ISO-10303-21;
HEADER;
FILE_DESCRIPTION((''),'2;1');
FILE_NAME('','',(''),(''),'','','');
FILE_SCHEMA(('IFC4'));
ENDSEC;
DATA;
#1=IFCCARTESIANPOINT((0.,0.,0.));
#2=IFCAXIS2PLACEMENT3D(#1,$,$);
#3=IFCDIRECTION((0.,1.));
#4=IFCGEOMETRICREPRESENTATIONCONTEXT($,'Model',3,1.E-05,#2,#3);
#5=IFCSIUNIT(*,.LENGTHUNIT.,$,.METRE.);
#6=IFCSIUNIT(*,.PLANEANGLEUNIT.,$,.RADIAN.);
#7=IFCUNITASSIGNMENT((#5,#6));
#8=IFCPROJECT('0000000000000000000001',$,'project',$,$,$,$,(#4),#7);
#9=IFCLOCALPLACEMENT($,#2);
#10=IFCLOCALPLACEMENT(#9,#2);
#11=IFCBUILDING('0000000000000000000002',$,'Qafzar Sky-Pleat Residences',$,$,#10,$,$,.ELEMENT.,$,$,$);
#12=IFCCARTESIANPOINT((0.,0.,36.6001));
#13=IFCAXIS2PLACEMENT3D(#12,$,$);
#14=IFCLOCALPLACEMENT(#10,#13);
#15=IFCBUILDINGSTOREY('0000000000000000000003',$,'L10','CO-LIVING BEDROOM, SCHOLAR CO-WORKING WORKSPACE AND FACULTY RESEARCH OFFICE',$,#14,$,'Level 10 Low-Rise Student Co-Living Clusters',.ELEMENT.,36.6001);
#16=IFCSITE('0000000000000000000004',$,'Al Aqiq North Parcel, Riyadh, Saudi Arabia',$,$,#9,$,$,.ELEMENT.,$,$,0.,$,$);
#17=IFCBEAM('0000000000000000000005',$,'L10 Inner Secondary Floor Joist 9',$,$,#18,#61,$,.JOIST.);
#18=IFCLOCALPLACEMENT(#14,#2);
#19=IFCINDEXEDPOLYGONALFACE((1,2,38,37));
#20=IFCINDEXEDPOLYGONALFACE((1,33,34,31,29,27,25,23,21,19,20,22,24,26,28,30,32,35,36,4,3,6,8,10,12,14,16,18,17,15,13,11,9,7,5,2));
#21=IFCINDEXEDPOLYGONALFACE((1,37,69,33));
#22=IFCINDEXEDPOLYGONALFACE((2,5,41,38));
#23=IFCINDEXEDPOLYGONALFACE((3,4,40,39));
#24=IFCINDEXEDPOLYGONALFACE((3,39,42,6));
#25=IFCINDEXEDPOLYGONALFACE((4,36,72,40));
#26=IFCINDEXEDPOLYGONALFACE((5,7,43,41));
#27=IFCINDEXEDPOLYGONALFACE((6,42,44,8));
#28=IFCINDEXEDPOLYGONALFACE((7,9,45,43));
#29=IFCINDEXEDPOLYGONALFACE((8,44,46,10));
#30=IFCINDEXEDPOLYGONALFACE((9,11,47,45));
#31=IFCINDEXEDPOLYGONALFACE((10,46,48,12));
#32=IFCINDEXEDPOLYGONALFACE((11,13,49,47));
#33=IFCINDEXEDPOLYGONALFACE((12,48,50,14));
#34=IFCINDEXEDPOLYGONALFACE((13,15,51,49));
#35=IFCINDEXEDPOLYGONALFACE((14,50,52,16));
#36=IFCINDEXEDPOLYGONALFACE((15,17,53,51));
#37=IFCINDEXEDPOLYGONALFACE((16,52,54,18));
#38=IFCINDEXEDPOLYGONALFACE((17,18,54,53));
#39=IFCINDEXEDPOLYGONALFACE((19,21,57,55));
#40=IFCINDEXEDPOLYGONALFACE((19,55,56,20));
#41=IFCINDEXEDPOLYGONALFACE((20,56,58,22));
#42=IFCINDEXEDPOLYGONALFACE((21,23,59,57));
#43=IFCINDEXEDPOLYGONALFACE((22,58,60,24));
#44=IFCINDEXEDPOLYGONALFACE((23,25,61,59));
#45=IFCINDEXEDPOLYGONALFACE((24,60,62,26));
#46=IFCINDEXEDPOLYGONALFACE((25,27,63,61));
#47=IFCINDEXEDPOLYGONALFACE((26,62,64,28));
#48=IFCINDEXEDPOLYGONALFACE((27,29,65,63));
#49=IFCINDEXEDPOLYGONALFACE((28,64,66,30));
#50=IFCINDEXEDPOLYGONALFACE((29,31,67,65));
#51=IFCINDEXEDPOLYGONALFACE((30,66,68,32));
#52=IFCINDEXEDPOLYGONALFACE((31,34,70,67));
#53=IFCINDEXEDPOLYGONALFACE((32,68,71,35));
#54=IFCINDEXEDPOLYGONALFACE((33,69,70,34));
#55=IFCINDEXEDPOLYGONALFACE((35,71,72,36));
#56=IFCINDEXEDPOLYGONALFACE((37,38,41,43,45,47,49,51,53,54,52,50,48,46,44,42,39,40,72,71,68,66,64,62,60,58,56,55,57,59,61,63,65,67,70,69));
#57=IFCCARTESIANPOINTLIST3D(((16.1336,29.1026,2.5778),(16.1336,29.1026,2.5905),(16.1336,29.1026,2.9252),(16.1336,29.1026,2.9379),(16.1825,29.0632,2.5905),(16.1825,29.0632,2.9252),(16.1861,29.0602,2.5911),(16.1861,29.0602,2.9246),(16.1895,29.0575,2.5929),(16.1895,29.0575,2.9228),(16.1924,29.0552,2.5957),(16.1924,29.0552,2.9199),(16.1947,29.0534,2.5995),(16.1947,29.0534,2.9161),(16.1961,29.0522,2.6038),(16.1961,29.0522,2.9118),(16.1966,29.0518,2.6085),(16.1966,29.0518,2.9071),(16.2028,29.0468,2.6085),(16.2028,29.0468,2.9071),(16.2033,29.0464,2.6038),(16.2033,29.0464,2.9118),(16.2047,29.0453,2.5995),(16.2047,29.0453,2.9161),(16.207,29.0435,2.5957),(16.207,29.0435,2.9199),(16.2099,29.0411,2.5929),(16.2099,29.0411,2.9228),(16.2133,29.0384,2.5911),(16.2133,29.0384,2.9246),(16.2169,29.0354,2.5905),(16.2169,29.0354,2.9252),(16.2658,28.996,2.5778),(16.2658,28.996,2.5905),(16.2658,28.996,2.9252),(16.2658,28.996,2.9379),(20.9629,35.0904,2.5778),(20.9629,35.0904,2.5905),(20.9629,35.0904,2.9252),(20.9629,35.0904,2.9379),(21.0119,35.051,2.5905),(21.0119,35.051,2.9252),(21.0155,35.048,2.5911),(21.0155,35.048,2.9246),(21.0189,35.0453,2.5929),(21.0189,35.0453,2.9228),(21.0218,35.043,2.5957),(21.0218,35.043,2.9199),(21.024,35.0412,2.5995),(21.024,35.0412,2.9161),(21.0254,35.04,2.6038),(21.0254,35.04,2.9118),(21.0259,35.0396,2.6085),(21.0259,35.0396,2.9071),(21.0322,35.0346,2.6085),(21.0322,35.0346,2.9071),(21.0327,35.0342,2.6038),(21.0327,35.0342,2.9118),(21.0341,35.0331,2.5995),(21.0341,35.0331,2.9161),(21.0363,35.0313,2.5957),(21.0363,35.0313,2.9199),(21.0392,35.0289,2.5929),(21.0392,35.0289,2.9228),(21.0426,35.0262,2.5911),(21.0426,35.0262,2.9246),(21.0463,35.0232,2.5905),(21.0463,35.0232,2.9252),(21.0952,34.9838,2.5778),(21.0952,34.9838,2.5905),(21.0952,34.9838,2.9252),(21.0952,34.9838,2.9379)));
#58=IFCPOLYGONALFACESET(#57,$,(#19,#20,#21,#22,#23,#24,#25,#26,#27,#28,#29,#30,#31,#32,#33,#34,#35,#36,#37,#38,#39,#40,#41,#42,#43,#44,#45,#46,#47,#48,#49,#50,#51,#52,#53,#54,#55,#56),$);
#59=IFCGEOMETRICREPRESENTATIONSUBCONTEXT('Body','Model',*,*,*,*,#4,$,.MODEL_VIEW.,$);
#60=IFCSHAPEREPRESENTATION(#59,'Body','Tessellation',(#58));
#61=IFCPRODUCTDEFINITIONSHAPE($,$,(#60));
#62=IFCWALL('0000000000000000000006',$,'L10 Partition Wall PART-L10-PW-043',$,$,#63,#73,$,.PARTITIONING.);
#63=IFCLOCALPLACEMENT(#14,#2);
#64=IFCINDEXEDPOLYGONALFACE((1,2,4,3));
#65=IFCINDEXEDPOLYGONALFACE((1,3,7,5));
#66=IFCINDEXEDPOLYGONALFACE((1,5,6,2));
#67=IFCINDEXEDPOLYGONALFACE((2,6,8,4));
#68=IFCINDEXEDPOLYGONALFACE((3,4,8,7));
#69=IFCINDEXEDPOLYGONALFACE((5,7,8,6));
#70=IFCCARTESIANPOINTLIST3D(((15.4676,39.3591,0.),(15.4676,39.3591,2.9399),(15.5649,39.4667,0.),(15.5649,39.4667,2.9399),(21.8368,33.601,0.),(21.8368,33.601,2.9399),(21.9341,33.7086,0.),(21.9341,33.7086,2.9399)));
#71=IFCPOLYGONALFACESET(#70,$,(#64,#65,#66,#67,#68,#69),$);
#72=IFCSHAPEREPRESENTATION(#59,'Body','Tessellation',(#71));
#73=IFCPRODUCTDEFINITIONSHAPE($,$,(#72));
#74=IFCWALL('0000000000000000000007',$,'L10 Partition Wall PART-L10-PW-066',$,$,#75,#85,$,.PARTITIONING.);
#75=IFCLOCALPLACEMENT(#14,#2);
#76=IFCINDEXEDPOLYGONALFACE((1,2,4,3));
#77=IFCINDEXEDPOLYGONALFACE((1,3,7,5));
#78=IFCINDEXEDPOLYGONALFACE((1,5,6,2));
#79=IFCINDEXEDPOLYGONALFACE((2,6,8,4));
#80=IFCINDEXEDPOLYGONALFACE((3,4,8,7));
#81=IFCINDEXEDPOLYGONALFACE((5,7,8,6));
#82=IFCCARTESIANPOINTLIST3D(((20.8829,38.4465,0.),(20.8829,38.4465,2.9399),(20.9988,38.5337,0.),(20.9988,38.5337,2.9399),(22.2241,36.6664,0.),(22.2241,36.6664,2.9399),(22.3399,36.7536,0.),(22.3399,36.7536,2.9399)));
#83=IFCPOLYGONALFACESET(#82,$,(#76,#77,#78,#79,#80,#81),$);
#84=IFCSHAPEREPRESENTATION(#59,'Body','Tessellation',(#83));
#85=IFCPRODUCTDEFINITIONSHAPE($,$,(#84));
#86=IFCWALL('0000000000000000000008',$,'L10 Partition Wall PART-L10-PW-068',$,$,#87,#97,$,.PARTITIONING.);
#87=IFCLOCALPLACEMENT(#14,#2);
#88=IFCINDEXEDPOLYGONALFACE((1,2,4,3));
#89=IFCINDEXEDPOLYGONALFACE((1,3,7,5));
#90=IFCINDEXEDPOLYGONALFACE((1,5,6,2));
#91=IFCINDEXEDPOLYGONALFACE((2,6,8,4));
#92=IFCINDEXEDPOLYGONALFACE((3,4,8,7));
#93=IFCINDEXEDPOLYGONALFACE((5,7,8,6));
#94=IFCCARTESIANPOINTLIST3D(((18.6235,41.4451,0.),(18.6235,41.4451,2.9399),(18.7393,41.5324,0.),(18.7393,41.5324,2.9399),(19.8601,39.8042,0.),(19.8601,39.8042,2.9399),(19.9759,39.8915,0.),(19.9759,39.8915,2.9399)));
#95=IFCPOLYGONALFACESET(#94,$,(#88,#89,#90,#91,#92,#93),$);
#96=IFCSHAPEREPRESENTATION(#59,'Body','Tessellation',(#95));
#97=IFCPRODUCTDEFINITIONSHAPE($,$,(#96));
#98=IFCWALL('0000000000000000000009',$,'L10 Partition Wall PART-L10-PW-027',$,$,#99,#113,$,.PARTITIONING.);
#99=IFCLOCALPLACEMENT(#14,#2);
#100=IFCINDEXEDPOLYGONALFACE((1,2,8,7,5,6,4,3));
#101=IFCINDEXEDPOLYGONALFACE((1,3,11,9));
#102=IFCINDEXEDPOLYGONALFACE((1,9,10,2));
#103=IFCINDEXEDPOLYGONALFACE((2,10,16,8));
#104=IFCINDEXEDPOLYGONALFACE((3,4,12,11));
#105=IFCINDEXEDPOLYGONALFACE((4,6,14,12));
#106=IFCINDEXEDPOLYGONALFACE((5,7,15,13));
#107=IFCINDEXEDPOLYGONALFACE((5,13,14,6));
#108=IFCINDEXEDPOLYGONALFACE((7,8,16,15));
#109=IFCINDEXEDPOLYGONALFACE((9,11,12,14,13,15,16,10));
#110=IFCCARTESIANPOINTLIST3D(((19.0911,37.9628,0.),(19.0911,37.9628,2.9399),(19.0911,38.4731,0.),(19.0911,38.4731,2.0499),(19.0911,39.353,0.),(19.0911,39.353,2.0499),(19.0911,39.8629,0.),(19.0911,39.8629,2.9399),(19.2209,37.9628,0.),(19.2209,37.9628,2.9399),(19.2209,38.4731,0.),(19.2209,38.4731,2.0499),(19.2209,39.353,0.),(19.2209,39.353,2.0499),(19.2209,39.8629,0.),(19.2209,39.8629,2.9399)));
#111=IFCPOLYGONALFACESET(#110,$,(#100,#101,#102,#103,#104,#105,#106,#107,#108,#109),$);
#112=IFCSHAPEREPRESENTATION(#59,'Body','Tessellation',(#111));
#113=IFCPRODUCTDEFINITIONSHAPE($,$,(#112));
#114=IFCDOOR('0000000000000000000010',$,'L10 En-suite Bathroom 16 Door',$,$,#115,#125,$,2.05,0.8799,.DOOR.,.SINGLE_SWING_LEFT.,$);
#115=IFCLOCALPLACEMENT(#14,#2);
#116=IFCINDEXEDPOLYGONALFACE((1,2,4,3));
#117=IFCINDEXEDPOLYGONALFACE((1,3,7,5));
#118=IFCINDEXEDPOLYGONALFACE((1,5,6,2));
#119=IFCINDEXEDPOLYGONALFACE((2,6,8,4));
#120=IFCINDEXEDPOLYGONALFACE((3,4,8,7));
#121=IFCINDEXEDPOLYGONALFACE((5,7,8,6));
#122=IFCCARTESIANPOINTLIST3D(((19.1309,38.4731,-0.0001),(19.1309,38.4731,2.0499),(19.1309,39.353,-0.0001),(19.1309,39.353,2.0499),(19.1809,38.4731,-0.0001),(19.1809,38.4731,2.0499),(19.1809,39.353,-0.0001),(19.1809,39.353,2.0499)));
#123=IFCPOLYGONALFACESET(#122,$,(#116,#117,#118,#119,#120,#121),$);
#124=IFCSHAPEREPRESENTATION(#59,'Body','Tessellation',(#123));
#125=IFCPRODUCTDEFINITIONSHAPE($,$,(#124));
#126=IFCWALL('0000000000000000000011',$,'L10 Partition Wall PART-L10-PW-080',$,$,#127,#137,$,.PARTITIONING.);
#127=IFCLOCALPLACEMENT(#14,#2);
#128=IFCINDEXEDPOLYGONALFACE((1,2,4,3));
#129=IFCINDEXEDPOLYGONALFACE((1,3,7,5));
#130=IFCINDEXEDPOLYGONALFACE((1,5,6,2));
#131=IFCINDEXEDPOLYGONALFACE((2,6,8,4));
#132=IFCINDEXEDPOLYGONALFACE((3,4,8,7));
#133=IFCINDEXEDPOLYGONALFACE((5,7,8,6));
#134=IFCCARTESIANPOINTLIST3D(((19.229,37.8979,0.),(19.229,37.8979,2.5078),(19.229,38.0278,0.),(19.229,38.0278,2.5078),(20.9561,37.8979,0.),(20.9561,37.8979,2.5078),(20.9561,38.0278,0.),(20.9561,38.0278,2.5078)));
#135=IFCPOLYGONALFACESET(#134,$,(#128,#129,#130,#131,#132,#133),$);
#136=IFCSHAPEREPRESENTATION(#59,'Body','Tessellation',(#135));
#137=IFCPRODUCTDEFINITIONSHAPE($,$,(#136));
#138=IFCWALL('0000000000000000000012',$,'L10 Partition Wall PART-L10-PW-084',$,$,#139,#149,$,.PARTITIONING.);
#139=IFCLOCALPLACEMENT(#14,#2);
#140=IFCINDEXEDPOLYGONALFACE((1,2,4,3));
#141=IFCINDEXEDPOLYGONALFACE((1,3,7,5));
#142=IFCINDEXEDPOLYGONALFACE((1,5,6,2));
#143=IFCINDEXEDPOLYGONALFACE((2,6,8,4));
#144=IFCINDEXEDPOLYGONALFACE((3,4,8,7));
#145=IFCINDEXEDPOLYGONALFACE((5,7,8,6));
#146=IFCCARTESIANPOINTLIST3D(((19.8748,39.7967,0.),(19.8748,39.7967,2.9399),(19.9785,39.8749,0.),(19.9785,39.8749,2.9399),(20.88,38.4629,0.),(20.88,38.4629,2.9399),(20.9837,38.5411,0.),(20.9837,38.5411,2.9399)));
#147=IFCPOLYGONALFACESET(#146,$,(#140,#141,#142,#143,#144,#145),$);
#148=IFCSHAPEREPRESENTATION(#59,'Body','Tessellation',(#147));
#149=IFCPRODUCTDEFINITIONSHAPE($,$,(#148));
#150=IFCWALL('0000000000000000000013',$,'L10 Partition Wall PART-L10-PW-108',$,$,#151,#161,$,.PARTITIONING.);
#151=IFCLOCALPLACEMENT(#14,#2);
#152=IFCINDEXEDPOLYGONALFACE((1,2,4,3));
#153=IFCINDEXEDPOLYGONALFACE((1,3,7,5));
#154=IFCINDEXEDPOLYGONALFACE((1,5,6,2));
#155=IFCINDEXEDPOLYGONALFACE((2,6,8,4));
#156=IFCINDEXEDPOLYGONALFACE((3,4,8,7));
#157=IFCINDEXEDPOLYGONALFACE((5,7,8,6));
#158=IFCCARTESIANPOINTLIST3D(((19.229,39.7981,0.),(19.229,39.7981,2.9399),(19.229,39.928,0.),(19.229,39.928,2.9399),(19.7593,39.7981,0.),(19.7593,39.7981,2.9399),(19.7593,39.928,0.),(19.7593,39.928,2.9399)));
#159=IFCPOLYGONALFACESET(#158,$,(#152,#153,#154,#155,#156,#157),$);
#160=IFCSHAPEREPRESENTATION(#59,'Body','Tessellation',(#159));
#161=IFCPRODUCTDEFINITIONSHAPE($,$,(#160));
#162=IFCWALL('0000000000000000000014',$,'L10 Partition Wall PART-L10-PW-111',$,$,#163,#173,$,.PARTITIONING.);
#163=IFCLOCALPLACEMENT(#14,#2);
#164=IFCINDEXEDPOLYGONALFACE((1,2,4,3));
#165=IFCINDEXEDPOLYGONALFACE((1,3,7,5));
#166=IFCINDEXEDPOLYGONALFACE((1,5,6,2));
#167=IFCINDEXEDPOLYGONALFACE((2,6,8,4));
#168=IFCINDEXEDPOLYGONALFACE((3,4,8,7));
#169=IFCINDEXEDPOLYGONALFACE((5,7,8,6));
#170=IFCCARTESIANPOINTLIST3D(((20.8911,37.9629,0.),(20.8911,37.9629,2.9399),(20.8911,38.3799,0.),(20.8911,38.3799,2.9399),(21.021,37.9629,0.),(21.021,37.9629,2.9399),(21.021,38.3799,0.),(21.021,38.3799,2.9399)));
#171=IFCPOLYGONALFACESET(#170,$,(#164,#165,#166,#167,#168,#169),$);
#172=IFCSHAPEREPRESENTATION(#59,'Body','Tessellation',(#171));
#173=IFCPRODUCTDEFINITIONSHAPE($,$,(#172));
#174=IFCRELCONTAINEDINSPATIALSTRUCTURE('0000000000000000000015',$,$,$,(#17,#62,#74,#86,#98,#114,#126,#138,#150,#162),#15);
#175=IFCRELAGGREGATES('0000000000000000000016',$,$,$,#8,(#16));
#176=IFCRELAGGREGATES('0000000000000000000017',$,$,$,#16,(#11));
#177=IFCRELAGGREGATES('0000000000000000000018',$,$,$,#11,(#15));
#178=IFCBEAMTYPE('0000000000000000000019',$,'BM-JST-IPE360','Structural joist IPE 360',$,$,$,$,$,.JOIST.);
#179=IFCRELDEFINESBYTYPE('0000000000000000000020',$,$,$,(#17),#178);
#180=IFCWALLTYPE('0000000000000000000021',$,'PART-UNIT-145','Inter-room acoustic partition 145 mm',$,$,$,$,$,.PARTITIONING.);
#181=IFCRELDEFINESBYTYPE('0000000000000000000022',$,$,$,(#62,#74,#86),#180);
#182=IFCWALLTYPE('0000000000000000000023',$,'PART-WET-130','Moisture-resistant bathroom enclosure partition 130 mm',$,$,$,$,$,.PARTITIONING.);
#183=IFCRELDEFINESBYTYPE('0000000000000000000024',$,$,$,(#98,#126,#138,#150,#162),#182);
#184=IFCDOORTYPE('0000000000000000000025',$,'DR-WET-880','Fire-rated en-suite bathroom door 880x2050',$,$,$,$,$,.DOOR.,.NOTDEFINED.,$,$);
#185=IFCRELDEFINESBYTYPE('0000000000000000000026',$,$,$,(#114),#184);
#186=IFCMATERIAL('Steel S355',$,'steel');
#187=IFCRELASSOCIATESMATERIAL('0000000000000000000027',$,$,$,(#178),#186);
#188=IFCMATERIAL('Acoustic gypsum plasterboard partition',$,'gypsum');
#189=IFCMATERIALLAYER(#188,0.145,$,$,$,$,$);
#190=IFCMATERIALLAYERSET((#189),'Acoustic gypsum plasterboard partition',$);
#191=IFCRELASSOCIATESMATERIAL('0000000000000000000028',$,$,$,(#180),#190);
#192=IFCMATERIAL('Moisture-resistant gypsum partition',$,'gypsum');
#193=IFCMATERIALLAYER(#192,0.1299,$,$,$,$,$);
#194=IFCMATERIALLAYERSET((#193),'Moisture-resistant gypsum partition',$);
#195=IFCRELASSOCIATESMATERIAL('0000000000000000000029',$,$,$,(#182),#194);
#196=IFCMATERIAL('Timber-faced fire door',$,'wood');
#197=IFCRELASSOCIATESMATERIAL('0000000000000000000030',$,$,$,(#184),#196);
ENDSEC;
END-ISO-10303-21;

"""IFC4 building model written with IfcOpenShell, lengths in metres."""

from ifc_helpers import new_model, si_unit, direction, frame, frame_2d, origin, origin_2d, place, context, subcontext, project, spatial, rectangle, i_section, extrude, source, transform, mapped, material, layer, layer_set, material_profile, profile_set, type_object, element, fill, save


model = new_model("IFC4")

# Units and contexts
model_context = context("Model", 3, precision=1e-05, world=origin(), true_north=direction((0.0, 1.0)))
body_context = subcontext(model_context, "Body", "Model", "MODEL_VIEW")
ifc_project = project(units=[si_unit("LENGTHUNIT", "METRE"), si_unit("PLANEANGLEUNIT", "RADIAN")], contexts=[model_context])

# Site, building, storey
site_placement = place(None, origin())
site = spatial("IfcSite", under=ifc_project, at=site_placement, Name="Al Aqiq North Parcel, Riyadh, Saudi Arabia", CompositionType="ELEMENT", RefElevation=0.0)
building_placement = place(site_placement, origin())
building = spatial("IfcBuilding", under=site, at=building_placement, Name="Qafzar Sky-Pleat Residences", CompositionType="ELEMENT")
storey_placement = place(building_placement, frame((0.0, 0.0, 36.6001)))
storey = spatial("IfcBuildingStorey", under=building, at=storey_placement, Name="L10", Description="CO-LIVING BEDROOM, SCHOLAR CO-WORKING WORKSPACE AND FACULTY RESEARCH OFFICE", LongName="Level 10 Low-Rise Student Co-Living Clusters", CompositionType="ELEMENT", Elevation=36.6001)

# Beam
ifc_material_1 = material(Name="Steel S355", Category="steel")
ifc_material_profile_1 = material_profile(ifc_material_1, i_section(OverallWidth=0.1699, OverallDepth=0.3601, WebThickness=0.0081, FlangeThickness=0.0127, FilletRadius=0.0181, at=origin_2d()), Name="IPE 360")
ifc_profile_set_1 = profile_set([ifc_material_profile_1], Name="Steel S355")
beam_type_1 = type_object("IfcBeamType", Name="BM-JST-IPE360", Description="Structural joist IPE 360", PredefinedType="JOIST", material=ifc_profile_set_1)
shared_shape_1 = source(origin(), body_context, "Body", "SweptSolid", [
    extrude(i_section(OverallWidth=0.1699, OverallDepth=0.3601, WebThickness=0.0081, FlangeThickness=0.0127, FilletRadius=0.0181, at=origin_2d()), origin(), (0.0, 0.0, 1.0), 7.6926),
])
beam_1_placement = place(storey_placement, frame((21.0291, 35.0371, 2.7578), z_axis=(-0.62779, -0.778383, 0.0), x_axis=(0.778383, -0.62779, 0.0)))
element("IfcBeam", 1, at=beam_1_placement, inside=storey, type_object=beam_type_1, Name="L10 Inner Secondary Floor Joist 9", PredefinedType="JOIST", context=body_context, shape_type="MappedRepresentation", body=[
    mapped(shared_shape_1, transform((0.0, 0.0, 0.0), x_axis=(1.0, 0.0, 0.0), y_axis=(0.0, 1.0, 0.0), z_axis=(0.0, 0.0, 1.0), scale=1.0)),
])

# Walls
ifc_material_2 = material(Name="Acoustic gypsum plasterboard partition", Category="gypsum")
ifc_layer_1 = layer(ifc_material_2, 0.145)
ifc_layer_set_1 = layer_set([ifc_layer_1], Name="Acoustic gypsum plasterboard partition")
wall_type_1 = type_object("IfcWallType", Name="PART-UNIT-145", Description="Inter-room acoustic partition 145 mm", PredefinedType="PARTITIONING", material=ifc_layer_set_1)
wall_1_placement = place(storey_placement, frame((15.5164, 39.4128, 0.0), z_axis=(0.0, 0.0, 1.0), x_axis=(0.741796, -0.670625, 0.0)))
element("IfcWall", 2, at=wall_1_placement, inside=storey, type_object=wall_type_1, Name="L10 Partition Wall PART-L10-PW-043", PredefinedType="PARTITIONING", context=body_context, shape_type="SweptSolid", body=[
    extrude(rectangle(XDim=8.5862, YDim=0.145, at=frame_2d((4.293, 0.0))), origin(), (0.0, 0.0, 1.0), 2.9399),
])
wall_2_placement = place(storey_placement, frame((20.9409, 38.49, 0.0), z_axis=(0.0, 0.0, 1.0), x_axis=(0.601734, -0.798697, 0.0)))
element("IfcWall", 3, at=wall_2_placement, inside=storey, type_object=wall_type_1, Name="L10 Partition Wall PART-L10-PW-066", PredefinedType="PARTITIONING", context=body_context, shape_type="SweptSolid", body=[
    extrude(rectangle(XDim=2.2288, YDim=0.145, at=frame_2d((1.1143, 0.0))), origin(), (0.0, 0.0, 1.0), 2.9399),
])
wall_3_placement = place(storey_placement, frame((18.6814, 41.4888, 0.0), z_axis=(0.0, 0.0, 1.0), x_axis=(0.601843, -0.798615, 0.0)))
element("IfcWall", 4, at=wall_3_placement, inside=storey, type_object=wall_type_1, Name="L10 Partition Wall PART-L10-PW-068", PredefinedType="PARTITIONING", context=body_context, shape_type="SweptSolid", body=[
    extrude(rectangle(XDim=2.0547, YDim=0.145, at=frame_2d((1.0273, 0.0))), origin(), (0.0, 0.0, 1.0), 2.9399),
])

# Wall, opening, door
ifc_material_3 = material(Name="Moisture-resistant gypsum partition", Category="gypsum")
ifc_layer_2 = layer(ifc_material_3, 0.1299)
ifc_layer_set_2 = layer_set([ifc_layer_2], Name="Moisture-resistant gypsum partition")
wall_type_2 = type_object("IfcWallType", Name="PART-WET-130", Description="Moisture-resistant bathroom enclosure partition 130 mm", PredefinedType="PARTITIONING", material=ifc_layer_set_2)
wall_4_placement = place(storey_placement, frame((19.156, 39.863, 0.0), z_axis=(0.0, 0.0, 1.0), x_axis=(0.0, -1.0, 0.0)))
wall_4 = element("IfcWall", 5, at=wall_4_placement, inside=storey, type_object=wall_type_2, Name="L10 Partition Wall PART-L10-PW-027", PredefinedType="PARTITIONING", context=body_context, shape_type="SweptSolid", body=[
    extrude(rectangle(XDim=1.9001, YDim=0.1299, at=frame_2d((0.9502, 0.0))), origin(), (0.0, 0.0, 1.0), 2.9399),
])
opening_1_placement = place(wall_4_placement, frame((0.51, 0.0, 0.0)))
opening_1 = element("IfcOpeningElement", 6, at=opening_1_placement, cuts=wall_4, PredefinedType="OPENING", context=body_context, shape_type="SweptSolid", body=[
    extrude(rectangle(XDim=0.8799, YDim=2.05, at=frame_2d((0.4399, 1.0249))), frame((0.0, 0.075, 0.0), z_axis=(0.0, -1.0, 0.0), x_axis=(1.0, 0.0, 0.0)), (0.0, 0.0, 1.0), 0.1499),
])
ifc_material_4 = material(Name="Timber-faced fire door", Category="wood")
door_type = type_object("IfcDoorType", Name="DR-WET-880", Description="Fire-rated en-suite bathroom door 880x2050", OperationType="NOTDEFINED", PredefinedType="DOOR", material=ifc_material_4)
shared_shape_2 = source(origin(), body_context, "Body", "SweptSolid", [
    extrude(rectangle(XDim=0.8799, YDim=2.05, at=frame_2d((0.4399, 1.0249))), frame((0.0, 0.0249, 0.0), z_axis=(0.0, -1.0, 0.0), x_axis=(1.0, 0.0, 0.0)), (0.0, 0.0, 1.0), 0.05),
])
door_placement = place(opening_1_placement, origin())
door = element("IfcDoor", 7, at=door_placement, inside=storey, type_object=door_type, Name="L10 En-suite Bathroom 16 Door", OperationType="SINGLE_SWING_LEFT", OverallHeight=2.05, OverallWidth=0.8799, PredefinedType="DOOR", context=body_context, shape_type="MappedRepresentation", body=[
    mapped(shared_shape_2, transform((0.0, 0.0, 0.0), x_axis=(1.0, 0.0, 0.0), y_axis=(0.0, 1.0, 0.0), z_axis=(0.0, 0.0, 1.0), scale=1.0)),
])
fill(opening_1, door)

# Walls
wall_5_placement = place(storey_placement, frame((19.229, 37.9629, 0.0), z_axis=(0.0, 0.0, 1.0), x_axis=(1.0, 0.0, 0.0)))
element("IfcWall", 8, at=wall_5_placement, inside=storey, type_object=wall_type_2, Name="L10 Partition Wall PART-L10-PW-080", PredefinedType="PARTITIONING", context=body_context, shape_type="SweptSolid", body=[
    extrude(rectangle(XDim=1.7271, YDim=0.1299, at=frame_2d((0.8635, 0.0))), origin(), (0.0, 0.0, 1.0), 2.5078),
])
wall_6_placement = place(storey_placement, frame((19.9268, 39.8357, 0.0), z_axis=(0.0, 0.0, 1.0), x_axis=(0.601846, -0.798612, 0.0)))
element("IfcWall", 9, at=wall_6_placement, inside=storey, type_object=wall_type_2, Name="L10 Partition Wall PART-L10-PW-084", PredefinedType="PARTITIONING", context=body_context, shape_type="SweptSolid", body=[
    extrude(rectangle(XDim=1.6702, YDim=0.1299, at=frame_2d((0.835, 0.0))), origin(), (0.0, 0.0, 1.0), 2.9399),
])
wall_7_placement = place(storey_placement, frame((19.229, 39.863, 0.0), z_axis=(0.0, 0.0, 1.0), x_axis=(1.0, 0.0, 0.0)))
element("IfcWall", 10, at=wall_7_placement, inside=storey, type_object=wall_type_2, Name="L10 Partition Wall PART-L10-PW-108", PredefinedType="PARTITIONING", context=body_context, shape_type="SweptSolid", body=[
    extrude(rectangle(XDim=0.5303, YDim=0.1299, at=frame_2d((0.2651, 0.0))), origin(), (0.0, 0.0, 1.0), 2.9399),
])
wall_8_placement = place(storey_placement, frame((20.9561, 37.9629, 0.0), z_axis=(0.0, 0.0, 1.0), x_axis=(0.0, 1.0, 0.0)))
element("IfcWall", 11, at=wall_8_placement, inside=storey, type_object=wall_type_2, Name="L10 Partition Wall PART-L10-PW-111", PredefinedType="PARTITIONING", context=body_context, shape_type="SweptSolid", body=[
    extrude(rectangle(XDim=0.417, YDim=0.1299, at=frame_2d((0.2085, 0.0))), origin(), (0.0, 0.0, 1.0), 2.9399),
])

save(model, "model.ifc")
